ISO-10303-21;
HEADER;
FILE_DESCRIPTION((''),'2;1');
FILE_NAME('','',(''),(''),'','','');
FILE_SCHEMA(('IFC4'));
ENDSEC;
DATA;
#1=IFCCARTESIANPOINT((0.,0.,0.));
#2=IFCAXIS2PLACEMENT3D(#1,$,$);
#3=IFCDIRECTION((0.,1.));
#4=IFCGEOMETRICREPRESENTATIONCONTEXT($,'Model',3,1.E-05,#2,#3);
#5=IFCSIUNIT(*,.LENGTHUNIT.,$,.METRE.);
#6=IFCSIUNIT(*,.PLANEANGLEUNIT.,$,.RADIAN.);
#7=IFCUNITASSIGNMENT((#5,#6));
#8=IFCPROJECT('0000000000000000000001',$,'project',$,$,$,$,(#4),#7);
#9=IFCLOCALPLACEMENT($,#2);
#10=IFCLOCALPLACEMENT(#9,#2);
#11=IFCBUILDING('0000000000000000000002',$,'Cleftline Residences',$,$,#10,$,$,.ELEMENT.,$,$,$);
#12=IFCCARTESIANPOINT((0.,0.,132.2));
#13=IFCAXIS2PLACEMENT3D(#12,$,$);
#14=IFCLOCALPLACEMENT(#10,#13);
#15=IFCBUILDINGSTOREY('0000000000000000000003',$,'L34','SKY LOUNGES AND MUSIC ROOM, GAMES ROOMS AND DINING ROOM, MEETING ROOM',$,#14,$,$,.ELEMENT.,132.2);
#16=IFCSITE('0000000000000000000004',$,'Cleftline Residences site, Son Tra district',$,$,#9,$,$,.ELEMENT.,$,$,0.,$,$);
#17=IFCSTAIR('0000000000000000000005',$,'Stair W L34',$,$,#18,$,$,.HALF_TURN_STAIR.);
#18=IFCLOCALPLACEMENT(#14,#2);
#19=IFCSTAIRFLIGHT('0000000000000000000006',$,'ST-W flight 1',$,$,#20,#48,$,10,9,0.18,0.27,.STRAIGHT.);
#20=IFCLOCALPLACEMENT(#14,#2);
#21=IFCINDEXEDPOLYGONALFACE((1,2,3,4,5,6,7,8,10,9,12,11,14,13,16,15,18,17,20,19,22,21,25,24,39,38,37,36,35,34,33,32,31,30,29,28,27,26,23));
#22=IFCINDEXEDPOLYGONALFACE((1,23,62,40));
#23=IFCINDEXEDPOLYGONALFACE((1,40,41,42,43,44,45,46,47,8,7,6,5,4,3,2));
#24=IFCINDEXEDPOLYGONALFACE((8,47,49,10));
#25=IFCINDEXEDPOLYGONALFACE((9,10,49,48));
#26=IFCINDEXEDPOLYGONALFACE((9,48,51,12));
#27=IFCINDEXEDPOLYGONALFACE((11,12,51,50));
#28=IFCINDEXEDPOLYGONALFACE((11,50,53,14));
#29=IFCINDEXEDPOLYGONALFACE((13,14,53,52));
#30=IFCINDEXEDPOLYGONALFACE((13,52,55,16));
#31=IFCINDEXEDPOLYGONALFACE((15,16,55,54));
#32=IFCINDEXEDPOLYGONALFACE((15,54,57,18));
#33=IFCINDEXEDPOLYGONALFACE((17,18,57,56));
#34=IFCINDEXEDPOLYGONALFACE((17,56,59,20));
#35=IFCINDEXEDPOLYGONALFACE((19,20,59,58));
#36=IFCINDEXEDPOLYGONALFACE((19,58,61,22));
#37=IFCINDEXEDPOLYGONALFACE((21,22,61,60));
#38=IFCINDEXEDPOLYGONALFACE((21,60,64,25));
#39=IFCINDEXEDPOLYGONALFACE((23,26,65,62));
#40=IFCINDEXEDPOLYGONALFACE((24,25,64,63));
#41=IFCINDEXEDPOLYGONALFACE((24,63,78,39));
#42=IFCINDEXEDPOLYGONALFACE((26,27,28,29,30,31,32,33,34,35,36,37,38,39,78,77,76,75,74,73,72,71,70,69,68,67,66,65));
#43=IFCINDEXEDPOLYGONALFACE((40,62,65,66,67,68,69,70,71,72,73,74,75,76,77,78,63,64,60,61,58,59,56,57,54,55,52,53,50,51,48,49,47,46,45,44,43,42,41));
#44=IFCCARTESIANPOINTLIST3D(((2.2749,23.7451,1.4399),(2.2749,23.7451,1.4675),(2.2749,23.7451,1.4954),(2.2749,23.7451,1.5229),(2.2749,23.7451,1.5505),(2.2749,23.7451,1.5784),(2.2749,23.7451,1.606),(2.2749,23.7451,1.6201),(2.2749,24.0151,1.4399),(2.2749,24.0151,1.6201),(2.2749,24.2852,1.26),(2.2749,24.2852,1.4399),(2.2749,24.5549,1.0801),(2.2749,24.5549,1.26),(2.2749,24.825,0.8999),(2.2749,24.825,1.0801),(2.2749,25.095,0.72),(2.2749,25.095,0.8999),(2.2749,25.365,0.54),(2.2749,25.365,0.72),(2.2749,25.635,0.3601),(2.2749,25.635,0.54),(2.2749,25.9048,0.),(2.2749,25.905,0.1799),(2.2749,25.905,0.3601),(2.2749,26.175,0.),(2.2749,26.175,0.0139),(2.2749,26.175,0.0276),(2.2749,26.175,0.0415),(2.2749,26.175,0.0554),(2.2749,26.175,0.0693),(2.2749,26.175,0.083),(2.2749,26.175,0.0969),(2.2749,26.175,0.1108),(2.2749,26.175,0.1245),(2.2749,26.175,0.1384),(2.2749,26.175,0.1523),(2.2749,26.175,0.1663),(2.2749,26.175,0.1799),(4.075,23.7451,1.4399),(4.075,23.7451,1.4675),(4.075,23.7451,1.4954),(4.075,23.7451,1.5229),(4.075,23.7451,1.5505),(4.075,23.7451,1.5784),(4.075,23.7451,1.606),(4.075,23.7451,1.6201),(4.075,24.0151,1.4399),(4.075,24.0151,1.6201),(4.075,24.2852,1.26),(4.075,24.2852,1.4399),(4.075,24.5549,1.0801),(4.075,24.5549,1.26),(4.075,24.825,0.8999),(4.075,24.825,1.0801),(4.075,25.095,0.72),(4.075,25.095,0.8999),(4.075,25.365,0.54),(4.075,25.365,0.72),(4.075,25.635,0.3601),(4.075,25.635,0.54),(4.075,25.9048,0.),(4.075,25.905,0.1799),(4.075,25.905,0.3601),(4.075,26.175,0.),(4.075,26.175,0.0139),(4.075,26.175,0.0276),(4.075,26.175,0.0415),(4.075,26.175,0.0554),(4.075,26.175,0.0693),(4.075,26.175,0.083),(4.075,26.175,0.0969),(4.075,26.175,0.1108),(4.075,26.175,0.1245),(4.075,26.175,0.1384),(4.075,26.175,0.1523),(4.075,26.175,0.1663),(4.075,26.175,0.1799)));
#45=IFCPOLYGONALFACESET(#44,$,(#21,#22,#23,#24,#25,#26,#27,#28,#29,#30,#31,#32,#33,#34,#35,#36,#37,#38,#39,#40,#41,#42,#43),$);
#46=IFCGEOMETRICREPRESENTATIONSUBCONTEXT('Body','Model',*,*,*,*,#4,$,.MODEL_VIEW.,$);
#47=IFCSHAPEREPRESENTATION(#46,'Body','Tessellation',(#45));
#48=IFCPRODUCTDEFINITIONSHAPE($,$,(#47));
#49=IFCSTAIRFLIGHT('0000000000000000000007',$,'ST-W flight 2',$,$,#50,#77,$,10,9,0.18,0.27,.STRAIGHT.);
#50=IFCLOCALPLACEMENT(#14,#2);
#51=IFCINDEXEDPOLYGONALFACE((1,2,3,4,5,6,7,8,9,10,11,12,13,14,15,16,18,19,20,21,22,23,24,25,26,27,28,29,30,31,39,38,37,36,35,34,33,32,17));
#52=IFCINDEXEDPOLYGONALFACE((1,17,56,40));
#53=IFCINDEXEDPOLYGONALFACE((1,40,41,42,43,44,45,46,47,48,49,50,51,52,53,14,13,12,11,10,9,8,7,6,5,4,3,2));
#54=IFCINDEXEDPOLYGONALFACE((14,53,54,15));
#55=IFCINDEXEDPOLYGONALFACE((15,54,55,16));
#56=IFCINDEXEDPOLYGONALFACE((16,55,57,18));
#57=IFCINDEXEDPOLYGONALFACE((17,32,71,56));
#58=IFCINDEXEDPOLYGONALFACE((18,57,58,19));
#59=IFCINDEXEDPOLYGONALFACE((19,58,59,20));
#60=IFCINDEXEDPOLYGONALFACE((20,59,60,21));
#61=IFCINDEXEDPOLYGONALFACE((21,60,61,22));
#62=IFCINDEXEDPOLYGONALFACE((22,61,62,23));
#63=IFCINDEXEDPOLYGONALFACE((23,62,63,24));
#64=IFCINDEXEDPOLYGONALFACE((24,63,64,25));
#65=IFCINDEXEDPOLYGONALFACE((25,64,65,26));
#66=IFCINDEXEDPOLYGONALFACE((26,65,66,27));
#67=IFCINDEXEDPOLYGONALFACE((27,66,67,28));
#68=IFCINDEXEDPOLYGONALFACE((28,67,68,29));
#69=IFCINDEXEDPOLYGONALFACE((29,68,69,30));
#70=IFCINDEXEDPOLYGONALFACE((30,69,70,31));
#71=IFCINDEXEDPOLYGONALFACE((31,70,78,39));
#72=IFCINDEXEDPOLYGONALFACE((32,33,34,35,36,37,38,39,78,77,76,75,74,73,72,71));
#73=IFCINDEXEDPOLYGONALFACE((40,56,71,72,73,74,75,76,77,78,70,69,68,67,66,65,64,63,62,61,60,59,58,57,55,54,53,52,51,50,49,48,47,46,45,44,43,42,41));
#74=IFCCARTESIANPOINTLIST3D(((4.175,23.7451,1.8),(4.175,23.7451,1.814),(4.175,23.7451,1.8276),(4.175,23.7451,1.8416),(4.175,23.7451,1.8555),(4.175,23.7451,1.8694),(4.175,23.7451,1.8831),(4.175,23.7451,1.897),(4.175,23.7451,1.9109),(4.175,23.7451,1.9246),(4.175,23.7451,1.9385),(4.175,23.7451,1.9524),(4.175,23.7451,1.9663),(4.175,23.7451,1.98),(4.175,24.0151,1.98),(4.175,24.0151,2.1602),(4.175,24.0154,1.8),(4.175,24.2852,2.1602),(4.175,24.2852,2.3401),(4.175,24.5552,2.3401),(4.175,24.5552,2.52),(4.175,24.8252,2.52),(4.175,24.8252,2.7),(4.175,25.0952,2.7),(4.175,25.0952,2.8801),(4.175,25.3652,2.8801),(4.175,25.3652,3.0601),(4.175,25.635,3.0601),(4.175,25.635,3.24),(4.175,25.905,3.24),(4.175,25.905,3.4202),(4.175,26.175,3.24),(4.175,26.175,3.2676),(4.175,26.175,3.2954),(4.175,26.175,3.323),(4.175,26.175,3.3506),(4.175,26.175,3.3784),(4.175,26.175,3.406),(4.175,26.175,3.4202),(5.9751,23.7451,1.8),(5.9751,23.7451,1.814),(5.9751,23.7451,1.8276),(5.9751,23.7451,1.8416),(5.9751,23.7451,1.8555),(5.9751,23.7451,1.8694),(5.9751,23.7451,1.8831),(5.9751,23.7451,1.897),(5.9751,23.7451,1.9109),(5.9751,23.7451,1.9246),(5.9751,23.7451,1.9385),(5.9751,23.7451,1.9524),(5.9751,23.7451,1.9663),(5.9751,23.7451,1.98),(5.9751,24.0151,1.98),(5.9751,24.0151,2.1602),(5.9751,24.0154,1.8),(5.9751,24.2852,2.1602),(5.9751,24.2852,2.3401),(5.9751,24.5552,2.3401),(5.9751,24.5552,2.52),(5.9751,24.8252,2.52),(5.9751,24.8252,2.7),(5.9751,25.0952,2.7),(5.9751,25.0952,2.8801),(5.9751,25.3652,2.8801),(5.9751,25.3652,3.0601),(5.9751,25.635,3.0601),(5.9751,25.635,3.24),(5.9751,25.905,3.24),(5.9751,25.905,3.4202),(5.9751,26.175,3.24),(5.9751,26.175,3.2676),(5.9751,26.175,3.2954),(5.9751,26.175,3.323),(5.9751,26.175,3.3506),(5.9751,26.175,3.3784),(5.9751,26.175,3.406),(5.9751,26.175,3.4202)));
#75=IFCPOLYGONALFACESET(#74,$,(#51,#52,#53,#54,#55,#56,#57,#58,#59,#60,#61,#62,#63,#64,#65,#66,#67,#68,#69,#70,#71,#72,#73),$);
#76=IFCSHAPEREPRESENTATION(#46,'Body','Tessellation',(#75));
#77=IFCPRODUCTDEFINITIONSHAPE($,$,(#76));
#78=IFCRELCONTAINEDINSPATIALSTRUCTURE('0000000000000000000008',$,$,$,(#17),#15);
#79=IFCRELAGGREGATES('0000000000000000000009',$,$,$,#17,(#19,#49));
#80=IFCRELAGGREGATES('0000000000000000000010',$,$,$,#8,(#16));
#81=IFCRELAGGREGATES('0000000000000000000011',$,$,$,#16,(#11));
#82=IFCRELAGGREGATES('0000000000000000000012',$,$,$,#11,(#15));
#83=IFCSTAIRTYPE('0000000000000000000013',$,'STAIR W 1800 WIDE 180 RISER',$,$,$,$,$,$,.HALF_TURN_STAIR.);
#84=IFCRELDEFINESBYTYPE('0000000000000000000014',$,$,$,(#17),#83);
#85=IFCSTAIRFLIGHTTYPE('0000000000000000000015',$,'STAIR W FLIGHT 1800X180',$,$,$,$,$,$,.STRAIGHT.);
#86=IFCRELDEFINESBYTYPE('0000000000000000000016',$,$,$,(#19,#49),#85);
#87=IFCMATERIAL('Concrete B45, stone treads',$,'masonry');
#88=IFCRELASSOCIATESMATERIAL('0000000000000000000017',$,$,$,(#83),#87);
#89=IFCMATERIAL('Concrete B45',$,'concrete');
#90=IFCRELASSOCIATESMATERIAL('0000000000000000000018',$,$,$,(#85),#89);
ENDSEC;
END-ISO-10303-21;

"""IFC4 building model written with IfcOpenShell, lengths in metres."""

from ifc_helpers import new_model, si_unit, direction, frame, origin, place, context, subcontext, project, spatial, polyline, outline, extrude, material, type_object, element, aggregate, save


model = new_model("IFC4")

# Units and contexts
model_context = context("Model", 3, precision=1e-05, world=origin(), true_north=direction((0.0, 1.0)))
body_context = subcontext(model_context, "Body", "Model", "MODEL_VIEW")
ifc_project = project(units=[si_unit("LENGTHUNIT", "METRE"), si_unit("PLANEANGLEUNIT", "RADIAN")], contexts=[model_context])

# Site, building, storey
site_placement = place(None, origin())
site = spatial("IfcSite", under=ifc_project, at=site_placement, Name="Cleftline Residences site, Son Tra district", CompositionType="ELEMENT", RefElevation=0.0)
building_placement = place(site_placement, origin())
building = spatial("IfcBuilding", under=site, at=building_placement, Name="Cleftline Residences", CompositionType="ELEMENT")
storey_placement = place(building_placement, frame((0.0, 0.0, 132.2)))
storey = spatial("IfcBuildingStorey", under=building, at=storey_placement, Name="L34", Description="SKY LOUNGES AND MUSIC ROOM, GAMES ROOMS AND DINING ROOM, MEETING ROOM", CompositionType="ELEMENT", Elevation=132.2)

# Stair, stair flights
ifc_material_1 = material(Name="Concrete B45, stone treads", Category="masonry")
stair_type = type_object("IfcStairType", Name="STAIR W 1800 WIDE 180 RISER", PredefinedType="HALF_TURN_STAIR", material=ifc_material_1)
stair_placement = place(storey_placement, origin())
stair = element("IfcStair", 1, at=stair_placement, inside=storey, type_object=stair_type, Name="Stair W L34", PredefinedType="HALF_TURN_STAIR")
ifc_material_2 = material(Name="Concrete B45", Category="concrete")
stair_flight_type = type_object("IfcStairFlightType", Name="STAIR W FLIGHT 1800X180", PredefinedType="STRAIGHT", material=ifc_material_2)
stair_flight_1_placement = place(storey_placement, frame((3.175, 26.175, 0.0), z_axis=(0.0, 0.0, 1.0), x_axis=(0.0, -1.0, 0.0)))
stair_flight_1 = element("IfcStairFlight", 2, at=stair_flight_1_placement, type_object=stair_flight_type, Name="ST-W flight 1", NumberOfRisers=10, NumberOfTreads=9, PredefinedType="STRAIGHT", RiserHeight=0.18, TreadLength=0.27, context=body_context, shape_type="SweptSolid", body=[
    extrude(outline(polyline([(0.0, 0.0), (0.0, 0.0139), (0.0, 0.0276), (0.0, 0.0415), (0.0, 0.0554), (0.0, 0.0693), (0.0, 0.083), (0.0, 0.0969), (0.0, 0.1108), (0.0, 0.1245), (0.0, 0.1384), (0.0, 0.1523), (0.0, 0.1663), (0.0, 0.1799), (0.27, 0.1799), (0.27, 0.3601), (0.54, 0.3601), (0.54, 0.54), (0.8101, 0.54), (0.8101, 0.72), (1.0801, 0.72), (1.0801, 0.8999), (1.3501, 0.8999), (1.3501, 1.0801), (1.6201, 1.0801), (1.6201, 1.26), (1.8899, 1.26), (1.8899, 1.4399), (2.1599, 1.4399), (2.1599, 1.6201), (2.4299, 1.6201), (2.4299, 1.8), (2.4299, 1.7722), (2.4299, 1.7446), (2.4299, 1.7168), (2.4299, 1.6892), (2.4299, 1.6614), (2.4299, 1.6338), (2.4299, 1.606), (2.4299, 1.5784), (2.4299, 1.5505), (2.4299, 1.5229), (2.4299, 1.4954), (2.4299, 1.4675), (2.4299, 1.4399), (0.2703, 0.0), (0.0, 0.0)])), frame((0.0, 0.8999, 0.0), z_axis=(0.0, -1.0, 0.0), x_axis=(1.0, 0.0, 0.0)), (0.0, 0.0, 1.0), 1.8),
])
stair_flight_2_placement = place(storey_placement, frame((5.075, 23.7451, 1.8), z_axis=(0.0, 0.0, 1.0), x_axis=(0.0, 1.0, 0.0)))
stair_flight_2 = element("IfcStairFlight", 3, at=stair_flight_2_placement, type_object=stair_flight_type, Name="ST-W flight 2", NumberOfRisers=10, NumberOfTreads=9, PredefinedType="STRAIGHT", RiserHeight=0.18, TreadLength=0.27, context=body_context, shape_type="SweptSolid", body=[
    extrude(outline(polyline([(0.0, 0.0), (0.0, 0.0139), (0.0, 0.0276), (0.0, 0.0415), (0.0, 0.0554), (0.0, 0.0693), (0.0, 0.083), (0.0, 0.0969), (0.0, 0.1108), (0.0, 0.1245), (0.0, 0.1384), (0.0, 0.1523), (0.0, 0.1663), (0.0, 0.1799), (0.27, 0.1799), (0.27, 0.3601), (0.54, 0.3601), (0.54, 0.54), (0.8101, 0.54), (0.8101, 0.72), (1.0801, 0.72), (1.0801, 0.8999), (1.3501, 0.8999), (1.3501, 1.0801), (1.6201, 1.0801), (1.6201, 1.26), (1.8899, 1.26), (1.8899, 1.4399), (2.1599, 1.4399), (2.1599, 1.6201), (2.4299, 1.6201), (2.4299, 1.8), (2.4299, 1.7722), (2.4299, 1.7446), (2.4299, 1.7168), (2.4299, 1.6892), (2.4299, 1.6614), (2.4299, 1.6338), (2.4299, 1.606), (2.4299, 1.5784), (2.4299, 1.5505), (2.4299, 1.5229), (2.4299, 1.4954), (2.4299, 1.4675), (2.4299, 1.4399), (0.2703, 0.0), (0.0, 0.0)])), frame((0.0, 0.8999, 0.0), z_axis=(0.0, -1.0, 0.0), x_axis=(1.0, 0.0, 0.0)), (0.0, 0.0, 1.0), 1.8),
])
aggregate(stair, [stair_flight_1, stair_flight_2])

save(model, "model.ifc")
